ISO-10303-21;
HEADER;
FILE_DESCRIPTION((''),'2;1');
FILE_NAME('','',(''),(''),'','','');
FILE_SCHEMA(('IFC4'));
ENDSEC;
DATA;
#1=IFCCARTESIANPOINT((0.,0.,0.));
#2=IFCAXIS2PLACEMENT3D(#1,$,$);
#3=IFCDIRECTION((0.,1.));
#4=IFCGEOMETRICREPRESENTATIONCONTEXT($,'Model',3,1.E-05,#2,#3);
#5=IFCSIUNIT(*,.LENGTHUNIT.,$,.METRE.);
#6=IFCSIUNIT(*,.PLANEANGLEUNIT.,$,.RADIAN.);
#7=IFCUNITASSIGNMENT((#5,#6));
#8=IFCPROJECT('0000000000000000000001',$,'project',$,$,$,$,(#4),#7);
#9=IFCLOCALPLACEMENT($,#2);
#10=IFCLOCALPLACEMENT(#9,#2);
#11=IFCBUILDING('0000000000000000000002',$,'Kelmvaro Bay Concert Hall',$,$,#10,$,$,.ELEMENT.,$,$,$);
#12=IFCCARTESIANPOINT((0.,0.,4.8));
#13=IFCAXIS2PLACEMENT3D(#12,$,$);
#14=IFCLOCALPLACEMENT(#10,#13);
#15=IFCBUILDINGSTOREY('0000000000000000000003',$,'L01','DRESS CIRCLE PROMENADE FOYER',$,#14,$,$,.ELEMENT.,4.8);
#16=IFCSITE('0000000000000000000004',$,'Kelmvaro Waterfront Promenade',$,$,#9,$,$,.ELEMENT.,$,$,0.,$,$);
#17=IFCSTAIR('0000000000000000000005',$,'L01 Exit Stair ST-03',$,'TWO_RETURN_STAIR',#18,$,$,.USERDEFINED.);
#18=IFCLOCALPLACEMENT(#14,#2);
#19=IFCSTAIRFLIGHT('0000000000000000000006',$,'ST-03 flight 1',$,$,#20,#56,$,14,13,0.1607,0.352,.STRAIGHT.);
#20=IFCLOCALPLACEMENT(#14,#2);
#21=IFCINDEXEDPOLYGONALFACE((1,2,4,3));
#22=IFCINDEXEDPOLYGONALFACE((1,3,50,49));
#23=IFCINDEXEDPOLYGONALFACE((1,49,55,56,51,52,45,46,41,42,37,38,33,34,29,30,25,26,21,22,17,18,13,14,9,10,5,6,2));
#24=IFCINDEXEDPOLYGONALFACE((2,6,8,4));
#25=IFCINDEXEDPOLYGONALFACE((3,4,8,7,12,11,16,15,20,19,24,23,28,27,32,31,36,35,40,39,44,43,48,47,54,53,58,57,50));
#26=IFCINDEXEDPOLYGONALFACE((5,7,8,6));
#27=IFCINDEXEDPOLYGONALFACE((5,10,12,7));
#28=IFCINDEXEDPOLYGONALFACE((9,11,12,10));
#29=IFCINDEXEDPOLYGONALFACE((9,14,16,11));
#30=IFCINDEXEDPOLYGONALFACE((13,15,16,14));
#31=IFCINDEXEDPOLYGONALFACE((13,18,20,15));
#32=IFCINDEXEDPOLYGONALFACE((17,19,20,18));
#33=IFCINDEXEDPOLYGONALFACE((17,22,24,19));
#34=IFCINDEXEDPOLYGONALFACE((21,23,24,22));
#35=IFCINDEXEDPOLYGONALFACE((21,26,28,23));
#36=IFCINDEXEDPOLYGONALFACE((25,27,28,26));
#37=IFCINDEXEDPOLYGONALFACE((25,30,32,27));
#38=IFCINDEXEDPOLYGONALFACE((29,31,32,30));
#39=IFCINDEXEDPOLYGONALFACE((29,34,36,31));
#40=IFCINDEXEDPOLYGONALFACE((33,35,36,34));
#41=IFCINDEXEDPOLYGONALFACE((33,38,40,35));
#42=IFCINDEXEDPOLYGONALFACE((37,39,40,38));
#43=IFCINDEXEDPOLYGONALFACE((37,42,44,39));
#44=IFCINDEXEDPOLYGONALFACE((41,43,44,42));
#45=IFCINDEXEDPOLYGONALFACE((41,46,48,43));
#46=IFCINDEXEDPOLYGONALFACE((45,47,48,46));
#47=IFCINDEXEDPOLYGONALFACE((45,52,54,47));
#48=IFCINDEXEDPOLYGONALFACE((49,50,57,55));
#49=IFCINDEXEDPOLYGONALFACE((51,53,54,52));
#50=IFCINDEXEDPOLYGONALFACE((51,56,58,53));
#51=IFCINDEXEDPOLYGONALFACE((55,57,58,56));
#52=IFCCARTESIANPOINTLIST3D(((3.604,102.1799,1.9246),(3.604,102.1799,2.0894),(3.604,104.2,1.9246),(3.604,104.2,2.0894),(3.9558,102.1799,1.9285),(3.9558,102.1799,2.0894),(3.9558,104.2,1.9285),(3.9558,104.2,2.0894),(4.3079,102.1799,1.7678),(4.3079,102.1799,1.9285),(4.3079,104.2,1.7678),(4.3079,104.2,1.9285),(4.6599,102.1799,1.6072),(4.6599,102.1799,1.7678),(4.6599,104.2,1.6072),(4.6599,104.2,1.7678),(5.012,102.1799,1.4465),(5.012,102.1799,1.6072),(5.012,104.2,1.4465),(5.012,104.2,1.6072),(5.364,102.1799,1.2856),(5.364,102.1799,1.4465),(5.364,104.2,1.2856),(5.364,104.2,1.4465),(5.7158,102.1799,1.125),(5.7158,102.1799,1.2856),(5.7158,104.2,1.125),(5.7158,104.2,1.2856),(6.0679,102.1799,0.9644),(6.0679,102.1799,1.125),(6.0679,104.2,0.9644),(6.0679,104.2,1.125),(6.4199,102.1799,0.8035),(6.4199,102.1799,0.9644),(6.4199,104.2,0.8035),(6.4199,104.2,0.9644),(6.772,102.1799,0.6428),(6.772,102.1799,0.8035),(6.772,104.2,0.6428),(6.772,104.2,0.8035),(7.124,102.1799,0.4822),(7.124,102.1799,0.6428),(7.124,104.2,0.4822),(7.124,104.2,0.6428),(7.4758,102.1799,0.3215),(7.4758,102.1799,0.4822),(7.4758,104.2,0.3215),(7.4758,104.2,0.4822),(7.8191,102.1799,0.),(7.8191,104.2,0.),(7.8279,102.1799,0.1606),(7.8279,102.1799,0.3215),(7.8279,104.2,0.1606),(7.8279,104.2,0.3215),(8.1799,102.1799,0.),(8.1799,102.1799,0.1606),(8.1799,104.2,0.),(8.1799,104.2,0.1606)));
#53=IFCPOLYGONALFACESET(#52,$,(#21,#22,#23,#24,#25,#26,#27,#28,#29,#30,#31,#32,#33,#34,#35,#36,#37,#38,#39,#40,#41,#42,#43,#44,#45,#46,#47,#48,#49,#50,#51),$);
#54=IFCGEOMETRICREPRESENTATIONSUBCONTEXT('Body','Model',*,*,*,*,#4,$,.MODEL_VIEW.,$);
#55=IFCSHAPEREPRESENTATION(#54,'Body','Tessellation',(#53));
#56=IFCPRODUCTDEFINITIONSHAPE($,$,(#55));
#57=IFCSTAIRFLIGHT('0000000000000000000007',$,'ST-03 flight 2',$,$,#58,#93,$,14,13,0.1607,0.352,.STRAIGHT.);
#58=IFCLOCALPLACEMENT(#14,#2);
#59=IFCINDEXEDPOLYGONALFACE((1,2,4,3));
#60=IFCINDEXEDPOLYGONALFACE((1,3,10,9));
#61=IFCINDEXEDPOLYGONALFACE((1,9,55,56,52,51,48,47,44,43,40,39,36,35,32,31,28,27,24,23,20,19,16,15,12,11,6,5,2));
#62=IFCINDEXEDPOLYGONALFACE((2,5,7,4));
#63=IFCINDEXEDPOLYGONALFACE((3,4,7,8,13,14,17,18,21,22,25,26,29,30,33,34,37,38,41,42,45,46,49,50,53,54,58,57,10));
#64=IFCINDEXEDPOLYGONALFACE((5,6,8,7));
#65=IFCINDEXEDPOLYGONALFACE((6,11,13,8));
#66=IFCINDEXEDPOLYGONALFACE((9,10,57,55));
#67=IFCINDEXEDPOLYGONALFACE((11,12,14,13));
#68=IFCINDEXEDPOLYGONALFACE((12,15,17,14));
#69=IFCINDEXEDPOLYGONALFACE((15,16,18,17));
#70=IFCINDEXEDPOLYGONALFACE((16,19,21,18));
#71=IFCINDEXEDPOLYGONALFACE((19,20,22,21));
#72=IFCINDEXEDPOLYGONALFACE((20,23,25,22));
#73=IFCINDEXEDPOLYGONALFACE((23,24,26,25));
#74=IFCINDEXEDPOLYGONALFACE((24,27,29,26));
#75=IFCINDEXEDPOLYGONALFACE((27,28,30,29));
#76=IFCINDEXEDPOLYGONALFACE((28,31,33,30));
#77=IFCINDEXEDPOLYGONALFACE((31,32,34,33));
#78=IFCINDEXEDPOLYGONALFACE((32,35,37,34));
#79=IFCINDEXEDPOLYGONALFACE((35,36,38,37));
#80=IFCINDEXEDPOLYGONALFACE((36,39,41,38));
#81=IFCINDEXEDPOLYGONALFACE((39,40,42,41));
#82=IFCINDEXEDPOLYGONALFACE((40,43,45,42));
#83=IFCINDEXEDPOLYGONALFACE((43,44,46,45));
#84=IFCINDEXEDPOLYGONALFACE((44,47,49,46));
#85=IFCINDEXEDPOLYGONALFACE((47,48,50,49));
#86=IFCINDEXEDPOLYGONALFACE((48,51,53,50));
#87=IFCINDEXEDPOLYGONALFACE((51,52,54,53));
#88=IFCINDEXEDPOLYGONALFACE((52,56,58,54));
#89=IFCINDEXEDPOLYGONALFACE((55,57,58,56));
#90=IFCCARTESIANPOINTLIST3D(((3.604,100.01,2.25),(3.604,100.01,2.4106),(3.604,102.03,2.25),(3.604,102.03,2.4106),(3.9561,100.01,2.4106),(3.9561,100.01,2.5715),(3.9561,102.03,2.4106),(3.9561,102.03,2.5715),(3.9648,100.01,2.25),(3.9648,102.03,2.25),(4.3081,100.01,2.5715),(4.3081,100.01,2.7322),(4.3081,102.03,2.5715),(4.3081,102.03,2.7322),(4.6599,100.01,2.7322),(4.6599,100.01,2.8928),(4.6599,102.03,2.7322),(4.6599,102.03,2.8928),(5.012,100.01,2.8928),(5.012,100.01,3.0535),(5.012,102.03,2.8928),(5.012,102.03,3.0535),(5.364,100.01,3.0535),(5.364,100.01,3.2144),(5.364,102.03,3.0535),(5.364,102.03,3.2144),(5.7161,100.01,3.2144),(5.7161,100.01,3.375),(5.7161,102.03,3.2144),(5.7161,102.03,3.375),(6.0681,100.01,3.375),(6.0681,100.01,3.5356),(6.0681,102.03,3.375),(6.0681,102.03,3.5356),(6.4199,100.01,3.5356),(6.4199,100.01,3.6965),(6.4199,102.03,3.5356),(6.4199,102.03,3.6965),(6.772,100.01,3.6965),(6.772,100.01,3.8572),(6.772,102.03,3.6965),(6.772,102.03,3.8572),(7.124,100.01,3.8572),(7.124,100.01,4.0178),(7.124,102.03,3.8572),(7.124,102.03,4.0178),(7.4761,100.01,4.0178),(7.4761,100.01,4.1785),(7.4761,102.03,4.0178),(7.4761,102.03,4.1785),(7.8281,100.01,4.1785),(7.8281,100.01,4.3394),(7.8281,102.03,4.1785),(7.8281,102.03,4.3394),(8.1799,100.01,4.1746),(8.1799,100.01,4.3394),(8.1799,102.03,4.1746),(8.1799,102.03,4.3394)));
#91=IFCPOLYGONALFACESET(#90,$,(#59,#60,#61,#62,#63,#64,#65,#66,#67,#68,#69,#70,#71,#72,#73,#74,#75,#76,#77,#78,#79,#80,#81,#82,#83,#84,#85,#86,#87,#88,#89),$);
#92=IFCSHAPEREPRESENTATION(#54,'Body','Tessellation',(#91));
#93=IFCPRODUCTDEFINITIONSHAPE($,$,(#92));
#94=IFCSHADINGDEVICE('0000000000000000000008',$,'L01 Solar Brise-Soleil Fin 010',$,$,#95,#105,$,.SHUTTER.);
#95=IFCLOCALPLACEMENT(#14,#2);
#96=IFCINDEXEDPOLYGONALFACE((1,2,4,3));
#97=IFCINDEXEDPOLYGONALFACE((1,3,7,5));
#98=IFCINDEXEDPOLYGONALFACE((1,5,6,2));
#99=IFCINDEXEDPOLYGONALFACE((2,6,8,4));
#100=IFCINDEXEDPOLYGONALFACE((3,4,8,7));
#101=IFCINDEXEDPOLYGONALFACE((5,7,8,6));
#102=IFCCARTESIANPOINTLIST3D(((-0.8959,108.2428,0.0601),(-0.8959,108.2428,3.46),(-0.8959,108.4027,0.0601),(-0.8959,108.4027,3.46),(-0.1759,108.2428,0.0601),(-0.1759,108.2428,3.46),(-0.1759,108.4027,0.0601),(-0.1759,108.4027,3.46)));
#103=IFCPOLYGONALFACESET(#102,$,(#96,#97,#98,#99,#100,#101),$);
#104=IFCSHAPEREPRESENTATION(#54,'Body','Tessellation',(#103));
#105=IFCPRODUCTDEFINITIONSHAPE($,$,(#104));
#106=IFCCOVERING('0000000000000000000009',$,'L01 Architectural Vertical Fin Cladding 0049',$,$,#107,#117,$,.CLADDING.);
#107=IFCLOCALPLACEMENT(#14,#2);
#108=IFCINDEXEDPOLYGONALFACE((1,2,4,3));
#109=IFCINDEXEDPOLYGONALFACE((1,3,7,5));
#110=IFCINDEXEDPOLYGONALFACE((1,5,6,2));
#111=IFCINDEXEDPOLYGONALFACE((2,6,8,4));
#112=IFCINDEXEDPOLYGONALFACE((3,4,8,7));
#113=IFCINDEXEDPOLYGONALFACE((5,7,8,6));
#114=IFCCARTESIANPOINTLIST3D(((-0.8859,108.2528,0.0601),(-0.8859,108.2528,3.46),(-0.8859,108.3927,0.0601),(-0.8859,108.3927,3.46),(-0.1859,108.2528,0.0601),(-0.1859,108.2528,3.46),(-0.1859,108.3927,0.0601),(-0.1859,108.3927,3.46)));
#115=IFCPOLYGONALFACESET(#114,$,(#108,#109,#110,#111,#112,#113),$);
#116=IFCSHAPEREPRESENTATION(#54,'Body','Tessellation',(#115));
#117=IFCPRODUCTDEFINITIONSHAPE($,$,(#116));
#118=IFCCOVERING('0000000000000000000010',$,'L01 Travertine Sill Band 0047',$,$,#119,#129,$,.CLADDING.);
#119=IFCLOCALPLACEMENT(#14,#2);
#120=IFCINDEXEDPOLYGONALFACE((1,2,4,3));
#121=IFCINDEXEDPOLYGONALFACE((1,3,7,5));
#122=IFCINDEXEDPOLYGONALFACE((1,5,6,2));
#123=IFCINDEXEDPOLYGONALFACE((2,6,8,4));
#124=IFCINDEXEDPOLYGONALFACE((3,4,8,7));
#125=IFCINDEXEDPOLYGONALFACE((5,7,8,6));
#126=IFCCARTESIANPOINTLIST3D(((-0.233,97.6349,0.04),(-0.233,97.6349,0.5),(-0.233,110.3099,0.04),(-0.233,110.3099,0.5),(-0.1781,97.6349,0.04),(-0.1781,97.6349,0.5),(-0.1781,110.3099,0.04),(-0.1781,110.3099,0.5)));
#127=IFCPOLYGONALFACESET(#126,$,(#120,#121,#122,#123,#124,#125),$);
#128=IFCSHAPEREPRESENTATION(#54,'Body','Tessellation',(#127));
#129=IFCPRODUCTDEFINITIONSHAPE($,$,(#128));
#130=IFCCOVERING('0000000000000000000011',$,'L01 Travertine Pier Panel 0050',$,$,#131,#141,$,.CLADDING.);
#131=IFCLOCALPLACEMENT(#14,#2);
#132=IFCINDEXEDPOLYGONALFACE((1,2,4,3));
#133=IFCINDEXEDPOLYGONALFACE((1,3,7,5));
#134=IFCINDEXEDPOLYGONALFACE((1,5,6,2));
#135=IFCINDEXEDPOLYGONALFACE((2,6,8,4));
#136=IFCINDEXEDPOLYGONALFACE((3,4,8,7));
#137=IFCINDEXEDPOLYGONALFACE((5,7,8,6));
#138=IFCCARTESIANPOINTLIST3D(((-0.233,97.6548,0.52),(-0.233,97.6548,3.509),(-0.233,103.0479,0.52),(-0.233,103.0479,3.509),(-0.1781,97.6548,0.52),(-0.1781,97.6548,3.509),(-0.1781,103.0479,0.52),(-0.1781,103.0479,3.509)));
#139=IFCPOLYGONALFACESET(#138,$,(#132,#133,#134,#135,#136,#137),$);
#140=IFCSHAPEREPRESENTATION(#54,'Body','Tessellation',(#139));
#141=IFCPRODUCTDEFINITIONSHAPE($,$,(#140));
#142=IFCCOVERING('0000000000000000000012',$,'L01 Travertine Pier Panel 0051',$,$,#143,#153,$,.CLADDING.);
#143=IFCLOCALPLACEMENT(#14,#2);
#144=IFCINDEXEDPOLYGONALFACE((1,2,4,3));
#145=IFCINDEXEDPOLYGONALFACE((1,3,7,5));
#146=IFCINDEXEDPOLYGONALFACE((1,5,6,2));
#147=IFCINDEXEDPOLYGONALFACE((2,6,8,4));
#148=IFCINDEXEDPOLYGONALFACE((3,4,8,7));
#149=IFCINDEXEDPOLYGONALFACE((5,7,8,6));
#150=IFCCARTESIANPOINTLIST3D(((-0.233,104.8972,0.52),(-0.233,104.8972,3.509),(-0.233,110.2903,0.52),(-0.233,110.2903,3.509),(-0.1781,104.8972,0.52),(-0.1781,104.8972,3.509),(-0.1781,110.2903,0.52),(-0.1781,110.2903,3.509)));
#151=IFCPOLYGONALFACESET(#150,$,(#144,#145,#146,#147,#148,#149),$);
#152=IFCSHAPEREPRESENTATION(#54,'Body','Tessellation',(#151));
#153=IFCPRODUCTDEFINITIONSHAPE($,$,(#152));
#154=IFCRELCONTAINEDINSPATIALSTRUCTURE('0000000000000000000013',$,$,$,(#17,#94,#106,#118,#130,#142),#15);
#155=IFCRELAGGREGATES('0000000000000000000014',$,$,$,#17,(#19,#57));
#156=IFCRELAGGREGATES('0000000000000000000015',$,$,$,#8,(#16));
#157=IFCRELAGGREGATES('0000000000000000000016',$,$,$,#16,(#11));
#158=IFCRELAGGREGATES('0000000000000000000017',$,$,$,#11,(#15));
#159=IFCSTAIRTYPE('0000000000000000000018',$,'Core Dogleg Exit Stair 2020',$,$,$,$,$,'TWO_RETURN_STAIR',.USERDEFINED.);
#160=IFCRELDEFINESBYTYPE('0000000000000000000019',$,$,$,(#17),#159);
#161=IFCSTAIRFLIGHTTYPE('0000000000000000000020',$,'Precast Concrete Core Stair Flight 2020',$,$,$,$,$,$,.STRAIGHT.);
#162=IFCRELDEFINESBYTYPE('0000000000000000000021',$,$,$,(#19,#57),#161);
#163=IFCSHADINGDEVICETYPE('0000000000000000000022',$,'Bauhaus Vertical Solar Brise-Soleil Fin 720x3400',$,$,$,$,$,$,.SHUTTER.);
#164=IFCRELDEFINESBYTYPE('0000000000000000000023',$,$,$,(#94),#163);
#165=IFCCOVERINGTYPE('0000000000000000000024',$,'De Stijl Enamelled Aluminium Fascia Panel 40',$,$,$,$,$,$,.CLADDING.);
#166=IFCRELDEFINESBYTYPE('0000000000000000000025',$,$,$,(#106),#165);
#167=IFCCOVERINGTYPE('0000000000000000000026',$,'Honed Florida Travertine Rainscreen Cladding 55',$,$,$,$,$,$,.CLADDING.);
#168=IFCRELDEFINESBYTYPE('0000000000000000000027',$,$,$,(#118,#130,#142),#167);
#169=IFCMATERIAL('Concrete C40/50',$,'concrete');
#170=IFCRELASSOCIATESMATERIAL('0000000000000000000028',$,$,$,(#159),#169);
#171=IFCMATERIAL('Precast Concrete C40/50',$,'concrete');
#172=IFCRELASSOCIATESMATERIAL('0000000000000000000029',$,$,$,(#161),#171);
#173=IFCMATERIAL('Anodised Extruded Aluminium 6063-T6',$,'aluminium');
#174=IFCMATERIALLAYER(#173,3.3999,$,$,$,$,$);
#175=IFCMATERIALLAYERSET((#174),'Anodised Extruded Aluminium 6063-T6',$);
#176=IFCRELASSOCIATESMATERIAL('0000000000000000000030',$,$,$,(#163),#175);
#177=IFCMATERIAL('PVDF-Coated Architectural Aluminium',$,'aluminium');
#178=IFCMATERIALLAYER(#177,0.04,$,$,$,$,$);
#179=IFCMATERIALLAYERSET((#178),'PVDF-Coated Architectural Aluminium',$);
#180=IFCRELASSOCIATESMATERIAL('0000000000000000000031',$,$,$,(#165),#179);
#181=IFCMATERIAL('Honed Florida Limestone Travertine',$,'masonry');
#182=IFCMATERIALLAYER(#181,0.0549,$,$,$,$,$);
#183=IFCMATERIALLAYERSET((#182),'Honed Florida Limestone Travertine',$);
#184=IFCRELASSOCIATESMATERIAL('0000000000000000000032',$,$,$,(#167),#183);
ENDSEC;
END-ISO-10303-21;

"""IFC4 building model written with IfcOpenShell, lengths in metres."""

from ifc_helpers import new_model, si_unit, direction, frame, origin, origin_2d, place, context, subcontext, project, spatial, polyline, rectangle, outline, extrude, material, layer, layer_set, type_object, element, aggregate, save


model = new_model("IFC4")

# Units and contexts
model_context = context("Model", 3, precision=1e-05, world=origin(), true_north=direction((0.0, 1.0)))
body_context = subcontext(model_context, "Body", "Model", "MODEL_VIEW")
ifc_project = project(units=[si_unit("LENGTHUNIT", "METRE"), si_unit("PLANEANGLEUNIT", "RADIAN")], contexts=[model_context])

# Site, building, storey
site_placement = place(None, origin())
site = spatial("IfcSite", under=ifc_project, at=site_placement, Name="Kelmvaro Waterfront Promenade", CompositionType="ELEMENT", RefElevation=0.0)
building_placement = place(site_placement, origin())
building = spatial("IfcBuilding", under=site, at=building_placement, Name="Kelmvaro Bay Concert Hall", CompositionType="ELEMENT")
storey_placement = place(building_placement, frame((0.0, 0.0, 4.8)))
storey = spatial("IfcBuildingStorey", under=building, at=storey_placement, Name="L01", Description="DRESS CIRCLE PROMENADE FOYER", CompositionType="ELEMENT", Elevation=4.8)

# Stair, stair flights
ifc_material_1 = material(Name="Concrete C40/50", Category="concrete")
stair_type = type_object("IfcStairType", Name="Core Dogleg Exit Stair 2020", ElementType="TWO_RETURN_STAIR", PredefinedType="USERDEFINED", material=ifc_material_1)
stair_placement = place(storey_placement, origin())
stair = element("IfcStair", 1, at=stair_placement, inside=storey, type_object=stair_type, Name="L01 Exit Stair ST-03", ObjectType="TWO_RETURN_STAIR", PredefinedType="USERDEFINED")
ifc_material_2 = material(Name="Precast Concrete C40/50", Category="concrete")
stair_flight_type = type_object("IfcStairFlightType", Name="Precast Concrete Core Stair Flight 2020", PredefinedType="STRAIGHT", material=ifc_material_2)
stair_flight_1_placement = place(storey_placement, frame((8.1799, 103.1899, 0.0), z_axis=(0.0, 0.0, 1.0), x_axis=(-1.0, 0.0, 0.0)))
stair_flight_1 = element("IfcStairFlight", 2, at=stair_flight_1_placement, type_object=stair_flight_type, Name="ST-03 flight 1", NumberOfRisers=14, NumberOfTreads=13, PredefinedType="STRAIGHT", RiserHeight=0.1607, TreadLength=0.352, context=body_context, shape_type="SweptSolid", body=[
    extrude(outline(polyline([(0.0, 0.0), (0.0, 0.1606), (0.3521, 0.1606), (0.3521, 0.3215), (0.7041, 0.3215), (0.7041, 0.4822), (1.0559, 0.4822), (1.0559, 0.6428), (1.408, 0.6428), (1.408, 0.8035), (1.76, 0.8035), (1.76, 0.9644), (2.1121, 0.9644), (2.1121, 1.125), (2.4641, 1.125), (2.4641, 1.2856), (2.8159, 1.2856), (2.8159, 1.4465), (3.168, 1.4465), (3.168, 1.6072), (3.52, 1.6072), (3.52, 1.7678), (3.8721, 1.7678), (3.8721, 1.9285), (4.2241, 1.9285), (4.2241, 2.0894), (4.5759, 2.0894), (4.5759, 2.25), (4.5759, 1.9246), (0.3608, 0.0), (0.0, 0.0)])), frame((0.0, 1.01, 0.0), z_axis=(0.0, -1.0, 0.0), x_axis=(1.0, 0.0, 0.0)), (0.0, 0.0, 1.0), 2.02),
])
stair_flight_2_placement = place(storey_placement, frame((3.604, 101.02, 2.25), z_axis=(0.0, 0.0, 1.0), x_axis=(1.0, 0.0, 0.0)))
stair_flight_2 = element("IfcStairFlight", 3, at=stair_flight_2_placement, type_object=stair_flight_type, Name="ST-03 flight 2", NumberOfRisers=14, NumberOfTreads=13, PredefinedType="STRAIGHT", RiserHeight=0.1607, TreadLength=0.352, context=body_context, shape_type="SweptSolid", body=[
    extrude(outline(polyline([(0.0, 0.0), (0.0, 0.1606), (0.3521, 0.1606), (0.3521, 0.3215), (0.7041, 0.3215), (0.7041, 0.4822), (1.0559, 0.4822), (1.0559, 0.6428), (1.408, 0.6428), (1.408, 0.8035), (1.76, 0.8035), (1.76, 0.9644), (2.1121, 0.9644), (2.1121, 1.125), (2.4641, 1.125), (2.4641, 1.2856), (2.8159, 1.2856), (2.8159, 1.4465), (3.168, 1.4465), (3.168, 1.6072), (3.52, 1.6072), (3.52, 1.7678), (3.8721, 1.7678), (3.8721, 1.9285), (4.2241, 1.9285), (4.2241, 2.0894), (4.5759, 2.0894), (4.5759, 2.25), (4.5759, 1.9246), (0.3608, 0.0), (0.0, 0.0)])), frame((0.0, 1.01, 0.0), z_axis=(0.0, -1.0, 0.0), x_axis=(1.0, 0.0, 0.0)), (0.0, 0.0, 1.0), 2.02),
])
aggregate(stair, [stair_flight_1, stair_flight_2])

# Shading device
ifc_material_3 = material(Name="Anodised Extruded Aluminium 6063-T6", Category="aluminium")
ifc_layer_1 = layer(ifc_material_3, 3.3999)
ifc_layer_set_1 = layer_set([ifc_layer_1], Name="Anodised Extruded Aluminium 6063-T6")
shading_device_type = type_object("IfcShadingDeviceType", Name="Bauhaus Vertical Solar Brise-Soleil Fin 720x3400", PredefinedType="SHUTTER", material=ifc_layer_set_1)
shading_device_placement = place(storey_placement, frame((-0.5359, 108.3228, 0.0601), z_axis=(0.0, 0.0, 1.0), x_axis=(0.0, 1.0, 0.0)))
element("IfcShadingDevice", 4, at=shading_device_placement, inside=storey, type_object=shading_device_type, Name="L01 Solar Brise-Soleil Fin 010", PredefinedType="SHUTTER", context=body_context, shape_type="SweptSolid", body=[
    extrude(rectangle(XDim=0.1599, YDim=0.72, at=origin_2d()), origin(), (0.0, 0.0, 1.0), 3.3999),
])

# Coverings
ifc_material_4 = material(Name="PVDF-Coated Architectural Aluminium", Category="aluminium")
ifc_layer_2 = layer(ifc_material_4, 0.04)
ifc_layer_set_2 = layer_set([ifc_layer_2], Name="PVDF-Coated Architectural Aluminium")
covering_type_1 = type_object("IfcCoveringType", Name="De Stijl Enamelled Aluminium Fascia Panel 40", PredefinedType="CLADDING", material=ifc_layer_set_2)
covering_1_placement = place(storey_placement, frame((-0.5359, 108.3228, 0.0601), z_axis=(0.0, 0.0, 1.0), x_axis=(0.0, 1.0, 0.0)))
element("IfcCovering", 5, at=covering_1_placement, inside=storey, type_object=covering_type_1, Name="L01 Architectural Vertical Fin Cladding 0049", PredefinedType="CLADDING", context=body_context, shape_type="SweptSolid", body=[
    extrude(rectangle(XDim=0.1399, YDim=0.7, at=origin_2d()), origin(), (0.0, 0.0, 1.0), 3.3999),
])
ifc_material_5 = material(Name="Honed Florida Limestone Travertine", Category="masonry")
ifc_layer_3 = layer(ifc_material_5, 0.0549)
ifc_layer_set_3 = layer_set([ifc_layer_3], Name="Honed Florida Limestone Travertine")
covering_type_2 = type_object("IfcCoveringType", Name="Honed Florida Travertine Rainscreen Cladding 55", PredefinedType="CLADDING", material=ifc_layer_set_3)
covering_2_placement = place(storey_placement, frame((-0.2056, 103.9724, 0.04), z_axis=(0.0, 0.0, 1.0), x_axis=(0.0, 1.0, 0.0)))
element("IfcCovering", 6, at=covering_2_placement, inside=storey, type_object=covering_type_2, Name="L01 Travertine Sill Band 0047", PredefinedType="CLADDING", context=body_context, shape_type="SweptSolid", body=[
    extrude(rectangle(XDim=12.675, YDim=0.0549, at=origin_2d()), origin(), (0.0, 0.0, 1.0), 0.46),
])
for number, where, z_axis, x_axis, name in (
    (7, (-0.2056, 100.3513, 0.52), (0.0, 0.0, 1.0), (0.0, 1.0, 0.0), "L01 Travertine Pier Panel 0050"),
    (8, (-0.2056, 107.5938, 0.52), (0.0, 0.0, 1.0), (0.0, 1.0, 0.0), "L01 Travertine Pier Panel 0051"),
):
    element("IfcCovering", number, at=place(storey_placement, frame(where, z_axis=z_axis, x_axis=x_axis)), inside=storey, type_object=covering_type_2, Name=name, PredefinedType="CLADDING", context=body_context, shape_type="SweptSolid", body=[
        extrude(rectangle(XDim=5.3931, YDim=0.0549, at=origin_2d()), origin(), (0.0, 0.0, 1.0), 2.989),
    ])

save(model, "model.ifc")
